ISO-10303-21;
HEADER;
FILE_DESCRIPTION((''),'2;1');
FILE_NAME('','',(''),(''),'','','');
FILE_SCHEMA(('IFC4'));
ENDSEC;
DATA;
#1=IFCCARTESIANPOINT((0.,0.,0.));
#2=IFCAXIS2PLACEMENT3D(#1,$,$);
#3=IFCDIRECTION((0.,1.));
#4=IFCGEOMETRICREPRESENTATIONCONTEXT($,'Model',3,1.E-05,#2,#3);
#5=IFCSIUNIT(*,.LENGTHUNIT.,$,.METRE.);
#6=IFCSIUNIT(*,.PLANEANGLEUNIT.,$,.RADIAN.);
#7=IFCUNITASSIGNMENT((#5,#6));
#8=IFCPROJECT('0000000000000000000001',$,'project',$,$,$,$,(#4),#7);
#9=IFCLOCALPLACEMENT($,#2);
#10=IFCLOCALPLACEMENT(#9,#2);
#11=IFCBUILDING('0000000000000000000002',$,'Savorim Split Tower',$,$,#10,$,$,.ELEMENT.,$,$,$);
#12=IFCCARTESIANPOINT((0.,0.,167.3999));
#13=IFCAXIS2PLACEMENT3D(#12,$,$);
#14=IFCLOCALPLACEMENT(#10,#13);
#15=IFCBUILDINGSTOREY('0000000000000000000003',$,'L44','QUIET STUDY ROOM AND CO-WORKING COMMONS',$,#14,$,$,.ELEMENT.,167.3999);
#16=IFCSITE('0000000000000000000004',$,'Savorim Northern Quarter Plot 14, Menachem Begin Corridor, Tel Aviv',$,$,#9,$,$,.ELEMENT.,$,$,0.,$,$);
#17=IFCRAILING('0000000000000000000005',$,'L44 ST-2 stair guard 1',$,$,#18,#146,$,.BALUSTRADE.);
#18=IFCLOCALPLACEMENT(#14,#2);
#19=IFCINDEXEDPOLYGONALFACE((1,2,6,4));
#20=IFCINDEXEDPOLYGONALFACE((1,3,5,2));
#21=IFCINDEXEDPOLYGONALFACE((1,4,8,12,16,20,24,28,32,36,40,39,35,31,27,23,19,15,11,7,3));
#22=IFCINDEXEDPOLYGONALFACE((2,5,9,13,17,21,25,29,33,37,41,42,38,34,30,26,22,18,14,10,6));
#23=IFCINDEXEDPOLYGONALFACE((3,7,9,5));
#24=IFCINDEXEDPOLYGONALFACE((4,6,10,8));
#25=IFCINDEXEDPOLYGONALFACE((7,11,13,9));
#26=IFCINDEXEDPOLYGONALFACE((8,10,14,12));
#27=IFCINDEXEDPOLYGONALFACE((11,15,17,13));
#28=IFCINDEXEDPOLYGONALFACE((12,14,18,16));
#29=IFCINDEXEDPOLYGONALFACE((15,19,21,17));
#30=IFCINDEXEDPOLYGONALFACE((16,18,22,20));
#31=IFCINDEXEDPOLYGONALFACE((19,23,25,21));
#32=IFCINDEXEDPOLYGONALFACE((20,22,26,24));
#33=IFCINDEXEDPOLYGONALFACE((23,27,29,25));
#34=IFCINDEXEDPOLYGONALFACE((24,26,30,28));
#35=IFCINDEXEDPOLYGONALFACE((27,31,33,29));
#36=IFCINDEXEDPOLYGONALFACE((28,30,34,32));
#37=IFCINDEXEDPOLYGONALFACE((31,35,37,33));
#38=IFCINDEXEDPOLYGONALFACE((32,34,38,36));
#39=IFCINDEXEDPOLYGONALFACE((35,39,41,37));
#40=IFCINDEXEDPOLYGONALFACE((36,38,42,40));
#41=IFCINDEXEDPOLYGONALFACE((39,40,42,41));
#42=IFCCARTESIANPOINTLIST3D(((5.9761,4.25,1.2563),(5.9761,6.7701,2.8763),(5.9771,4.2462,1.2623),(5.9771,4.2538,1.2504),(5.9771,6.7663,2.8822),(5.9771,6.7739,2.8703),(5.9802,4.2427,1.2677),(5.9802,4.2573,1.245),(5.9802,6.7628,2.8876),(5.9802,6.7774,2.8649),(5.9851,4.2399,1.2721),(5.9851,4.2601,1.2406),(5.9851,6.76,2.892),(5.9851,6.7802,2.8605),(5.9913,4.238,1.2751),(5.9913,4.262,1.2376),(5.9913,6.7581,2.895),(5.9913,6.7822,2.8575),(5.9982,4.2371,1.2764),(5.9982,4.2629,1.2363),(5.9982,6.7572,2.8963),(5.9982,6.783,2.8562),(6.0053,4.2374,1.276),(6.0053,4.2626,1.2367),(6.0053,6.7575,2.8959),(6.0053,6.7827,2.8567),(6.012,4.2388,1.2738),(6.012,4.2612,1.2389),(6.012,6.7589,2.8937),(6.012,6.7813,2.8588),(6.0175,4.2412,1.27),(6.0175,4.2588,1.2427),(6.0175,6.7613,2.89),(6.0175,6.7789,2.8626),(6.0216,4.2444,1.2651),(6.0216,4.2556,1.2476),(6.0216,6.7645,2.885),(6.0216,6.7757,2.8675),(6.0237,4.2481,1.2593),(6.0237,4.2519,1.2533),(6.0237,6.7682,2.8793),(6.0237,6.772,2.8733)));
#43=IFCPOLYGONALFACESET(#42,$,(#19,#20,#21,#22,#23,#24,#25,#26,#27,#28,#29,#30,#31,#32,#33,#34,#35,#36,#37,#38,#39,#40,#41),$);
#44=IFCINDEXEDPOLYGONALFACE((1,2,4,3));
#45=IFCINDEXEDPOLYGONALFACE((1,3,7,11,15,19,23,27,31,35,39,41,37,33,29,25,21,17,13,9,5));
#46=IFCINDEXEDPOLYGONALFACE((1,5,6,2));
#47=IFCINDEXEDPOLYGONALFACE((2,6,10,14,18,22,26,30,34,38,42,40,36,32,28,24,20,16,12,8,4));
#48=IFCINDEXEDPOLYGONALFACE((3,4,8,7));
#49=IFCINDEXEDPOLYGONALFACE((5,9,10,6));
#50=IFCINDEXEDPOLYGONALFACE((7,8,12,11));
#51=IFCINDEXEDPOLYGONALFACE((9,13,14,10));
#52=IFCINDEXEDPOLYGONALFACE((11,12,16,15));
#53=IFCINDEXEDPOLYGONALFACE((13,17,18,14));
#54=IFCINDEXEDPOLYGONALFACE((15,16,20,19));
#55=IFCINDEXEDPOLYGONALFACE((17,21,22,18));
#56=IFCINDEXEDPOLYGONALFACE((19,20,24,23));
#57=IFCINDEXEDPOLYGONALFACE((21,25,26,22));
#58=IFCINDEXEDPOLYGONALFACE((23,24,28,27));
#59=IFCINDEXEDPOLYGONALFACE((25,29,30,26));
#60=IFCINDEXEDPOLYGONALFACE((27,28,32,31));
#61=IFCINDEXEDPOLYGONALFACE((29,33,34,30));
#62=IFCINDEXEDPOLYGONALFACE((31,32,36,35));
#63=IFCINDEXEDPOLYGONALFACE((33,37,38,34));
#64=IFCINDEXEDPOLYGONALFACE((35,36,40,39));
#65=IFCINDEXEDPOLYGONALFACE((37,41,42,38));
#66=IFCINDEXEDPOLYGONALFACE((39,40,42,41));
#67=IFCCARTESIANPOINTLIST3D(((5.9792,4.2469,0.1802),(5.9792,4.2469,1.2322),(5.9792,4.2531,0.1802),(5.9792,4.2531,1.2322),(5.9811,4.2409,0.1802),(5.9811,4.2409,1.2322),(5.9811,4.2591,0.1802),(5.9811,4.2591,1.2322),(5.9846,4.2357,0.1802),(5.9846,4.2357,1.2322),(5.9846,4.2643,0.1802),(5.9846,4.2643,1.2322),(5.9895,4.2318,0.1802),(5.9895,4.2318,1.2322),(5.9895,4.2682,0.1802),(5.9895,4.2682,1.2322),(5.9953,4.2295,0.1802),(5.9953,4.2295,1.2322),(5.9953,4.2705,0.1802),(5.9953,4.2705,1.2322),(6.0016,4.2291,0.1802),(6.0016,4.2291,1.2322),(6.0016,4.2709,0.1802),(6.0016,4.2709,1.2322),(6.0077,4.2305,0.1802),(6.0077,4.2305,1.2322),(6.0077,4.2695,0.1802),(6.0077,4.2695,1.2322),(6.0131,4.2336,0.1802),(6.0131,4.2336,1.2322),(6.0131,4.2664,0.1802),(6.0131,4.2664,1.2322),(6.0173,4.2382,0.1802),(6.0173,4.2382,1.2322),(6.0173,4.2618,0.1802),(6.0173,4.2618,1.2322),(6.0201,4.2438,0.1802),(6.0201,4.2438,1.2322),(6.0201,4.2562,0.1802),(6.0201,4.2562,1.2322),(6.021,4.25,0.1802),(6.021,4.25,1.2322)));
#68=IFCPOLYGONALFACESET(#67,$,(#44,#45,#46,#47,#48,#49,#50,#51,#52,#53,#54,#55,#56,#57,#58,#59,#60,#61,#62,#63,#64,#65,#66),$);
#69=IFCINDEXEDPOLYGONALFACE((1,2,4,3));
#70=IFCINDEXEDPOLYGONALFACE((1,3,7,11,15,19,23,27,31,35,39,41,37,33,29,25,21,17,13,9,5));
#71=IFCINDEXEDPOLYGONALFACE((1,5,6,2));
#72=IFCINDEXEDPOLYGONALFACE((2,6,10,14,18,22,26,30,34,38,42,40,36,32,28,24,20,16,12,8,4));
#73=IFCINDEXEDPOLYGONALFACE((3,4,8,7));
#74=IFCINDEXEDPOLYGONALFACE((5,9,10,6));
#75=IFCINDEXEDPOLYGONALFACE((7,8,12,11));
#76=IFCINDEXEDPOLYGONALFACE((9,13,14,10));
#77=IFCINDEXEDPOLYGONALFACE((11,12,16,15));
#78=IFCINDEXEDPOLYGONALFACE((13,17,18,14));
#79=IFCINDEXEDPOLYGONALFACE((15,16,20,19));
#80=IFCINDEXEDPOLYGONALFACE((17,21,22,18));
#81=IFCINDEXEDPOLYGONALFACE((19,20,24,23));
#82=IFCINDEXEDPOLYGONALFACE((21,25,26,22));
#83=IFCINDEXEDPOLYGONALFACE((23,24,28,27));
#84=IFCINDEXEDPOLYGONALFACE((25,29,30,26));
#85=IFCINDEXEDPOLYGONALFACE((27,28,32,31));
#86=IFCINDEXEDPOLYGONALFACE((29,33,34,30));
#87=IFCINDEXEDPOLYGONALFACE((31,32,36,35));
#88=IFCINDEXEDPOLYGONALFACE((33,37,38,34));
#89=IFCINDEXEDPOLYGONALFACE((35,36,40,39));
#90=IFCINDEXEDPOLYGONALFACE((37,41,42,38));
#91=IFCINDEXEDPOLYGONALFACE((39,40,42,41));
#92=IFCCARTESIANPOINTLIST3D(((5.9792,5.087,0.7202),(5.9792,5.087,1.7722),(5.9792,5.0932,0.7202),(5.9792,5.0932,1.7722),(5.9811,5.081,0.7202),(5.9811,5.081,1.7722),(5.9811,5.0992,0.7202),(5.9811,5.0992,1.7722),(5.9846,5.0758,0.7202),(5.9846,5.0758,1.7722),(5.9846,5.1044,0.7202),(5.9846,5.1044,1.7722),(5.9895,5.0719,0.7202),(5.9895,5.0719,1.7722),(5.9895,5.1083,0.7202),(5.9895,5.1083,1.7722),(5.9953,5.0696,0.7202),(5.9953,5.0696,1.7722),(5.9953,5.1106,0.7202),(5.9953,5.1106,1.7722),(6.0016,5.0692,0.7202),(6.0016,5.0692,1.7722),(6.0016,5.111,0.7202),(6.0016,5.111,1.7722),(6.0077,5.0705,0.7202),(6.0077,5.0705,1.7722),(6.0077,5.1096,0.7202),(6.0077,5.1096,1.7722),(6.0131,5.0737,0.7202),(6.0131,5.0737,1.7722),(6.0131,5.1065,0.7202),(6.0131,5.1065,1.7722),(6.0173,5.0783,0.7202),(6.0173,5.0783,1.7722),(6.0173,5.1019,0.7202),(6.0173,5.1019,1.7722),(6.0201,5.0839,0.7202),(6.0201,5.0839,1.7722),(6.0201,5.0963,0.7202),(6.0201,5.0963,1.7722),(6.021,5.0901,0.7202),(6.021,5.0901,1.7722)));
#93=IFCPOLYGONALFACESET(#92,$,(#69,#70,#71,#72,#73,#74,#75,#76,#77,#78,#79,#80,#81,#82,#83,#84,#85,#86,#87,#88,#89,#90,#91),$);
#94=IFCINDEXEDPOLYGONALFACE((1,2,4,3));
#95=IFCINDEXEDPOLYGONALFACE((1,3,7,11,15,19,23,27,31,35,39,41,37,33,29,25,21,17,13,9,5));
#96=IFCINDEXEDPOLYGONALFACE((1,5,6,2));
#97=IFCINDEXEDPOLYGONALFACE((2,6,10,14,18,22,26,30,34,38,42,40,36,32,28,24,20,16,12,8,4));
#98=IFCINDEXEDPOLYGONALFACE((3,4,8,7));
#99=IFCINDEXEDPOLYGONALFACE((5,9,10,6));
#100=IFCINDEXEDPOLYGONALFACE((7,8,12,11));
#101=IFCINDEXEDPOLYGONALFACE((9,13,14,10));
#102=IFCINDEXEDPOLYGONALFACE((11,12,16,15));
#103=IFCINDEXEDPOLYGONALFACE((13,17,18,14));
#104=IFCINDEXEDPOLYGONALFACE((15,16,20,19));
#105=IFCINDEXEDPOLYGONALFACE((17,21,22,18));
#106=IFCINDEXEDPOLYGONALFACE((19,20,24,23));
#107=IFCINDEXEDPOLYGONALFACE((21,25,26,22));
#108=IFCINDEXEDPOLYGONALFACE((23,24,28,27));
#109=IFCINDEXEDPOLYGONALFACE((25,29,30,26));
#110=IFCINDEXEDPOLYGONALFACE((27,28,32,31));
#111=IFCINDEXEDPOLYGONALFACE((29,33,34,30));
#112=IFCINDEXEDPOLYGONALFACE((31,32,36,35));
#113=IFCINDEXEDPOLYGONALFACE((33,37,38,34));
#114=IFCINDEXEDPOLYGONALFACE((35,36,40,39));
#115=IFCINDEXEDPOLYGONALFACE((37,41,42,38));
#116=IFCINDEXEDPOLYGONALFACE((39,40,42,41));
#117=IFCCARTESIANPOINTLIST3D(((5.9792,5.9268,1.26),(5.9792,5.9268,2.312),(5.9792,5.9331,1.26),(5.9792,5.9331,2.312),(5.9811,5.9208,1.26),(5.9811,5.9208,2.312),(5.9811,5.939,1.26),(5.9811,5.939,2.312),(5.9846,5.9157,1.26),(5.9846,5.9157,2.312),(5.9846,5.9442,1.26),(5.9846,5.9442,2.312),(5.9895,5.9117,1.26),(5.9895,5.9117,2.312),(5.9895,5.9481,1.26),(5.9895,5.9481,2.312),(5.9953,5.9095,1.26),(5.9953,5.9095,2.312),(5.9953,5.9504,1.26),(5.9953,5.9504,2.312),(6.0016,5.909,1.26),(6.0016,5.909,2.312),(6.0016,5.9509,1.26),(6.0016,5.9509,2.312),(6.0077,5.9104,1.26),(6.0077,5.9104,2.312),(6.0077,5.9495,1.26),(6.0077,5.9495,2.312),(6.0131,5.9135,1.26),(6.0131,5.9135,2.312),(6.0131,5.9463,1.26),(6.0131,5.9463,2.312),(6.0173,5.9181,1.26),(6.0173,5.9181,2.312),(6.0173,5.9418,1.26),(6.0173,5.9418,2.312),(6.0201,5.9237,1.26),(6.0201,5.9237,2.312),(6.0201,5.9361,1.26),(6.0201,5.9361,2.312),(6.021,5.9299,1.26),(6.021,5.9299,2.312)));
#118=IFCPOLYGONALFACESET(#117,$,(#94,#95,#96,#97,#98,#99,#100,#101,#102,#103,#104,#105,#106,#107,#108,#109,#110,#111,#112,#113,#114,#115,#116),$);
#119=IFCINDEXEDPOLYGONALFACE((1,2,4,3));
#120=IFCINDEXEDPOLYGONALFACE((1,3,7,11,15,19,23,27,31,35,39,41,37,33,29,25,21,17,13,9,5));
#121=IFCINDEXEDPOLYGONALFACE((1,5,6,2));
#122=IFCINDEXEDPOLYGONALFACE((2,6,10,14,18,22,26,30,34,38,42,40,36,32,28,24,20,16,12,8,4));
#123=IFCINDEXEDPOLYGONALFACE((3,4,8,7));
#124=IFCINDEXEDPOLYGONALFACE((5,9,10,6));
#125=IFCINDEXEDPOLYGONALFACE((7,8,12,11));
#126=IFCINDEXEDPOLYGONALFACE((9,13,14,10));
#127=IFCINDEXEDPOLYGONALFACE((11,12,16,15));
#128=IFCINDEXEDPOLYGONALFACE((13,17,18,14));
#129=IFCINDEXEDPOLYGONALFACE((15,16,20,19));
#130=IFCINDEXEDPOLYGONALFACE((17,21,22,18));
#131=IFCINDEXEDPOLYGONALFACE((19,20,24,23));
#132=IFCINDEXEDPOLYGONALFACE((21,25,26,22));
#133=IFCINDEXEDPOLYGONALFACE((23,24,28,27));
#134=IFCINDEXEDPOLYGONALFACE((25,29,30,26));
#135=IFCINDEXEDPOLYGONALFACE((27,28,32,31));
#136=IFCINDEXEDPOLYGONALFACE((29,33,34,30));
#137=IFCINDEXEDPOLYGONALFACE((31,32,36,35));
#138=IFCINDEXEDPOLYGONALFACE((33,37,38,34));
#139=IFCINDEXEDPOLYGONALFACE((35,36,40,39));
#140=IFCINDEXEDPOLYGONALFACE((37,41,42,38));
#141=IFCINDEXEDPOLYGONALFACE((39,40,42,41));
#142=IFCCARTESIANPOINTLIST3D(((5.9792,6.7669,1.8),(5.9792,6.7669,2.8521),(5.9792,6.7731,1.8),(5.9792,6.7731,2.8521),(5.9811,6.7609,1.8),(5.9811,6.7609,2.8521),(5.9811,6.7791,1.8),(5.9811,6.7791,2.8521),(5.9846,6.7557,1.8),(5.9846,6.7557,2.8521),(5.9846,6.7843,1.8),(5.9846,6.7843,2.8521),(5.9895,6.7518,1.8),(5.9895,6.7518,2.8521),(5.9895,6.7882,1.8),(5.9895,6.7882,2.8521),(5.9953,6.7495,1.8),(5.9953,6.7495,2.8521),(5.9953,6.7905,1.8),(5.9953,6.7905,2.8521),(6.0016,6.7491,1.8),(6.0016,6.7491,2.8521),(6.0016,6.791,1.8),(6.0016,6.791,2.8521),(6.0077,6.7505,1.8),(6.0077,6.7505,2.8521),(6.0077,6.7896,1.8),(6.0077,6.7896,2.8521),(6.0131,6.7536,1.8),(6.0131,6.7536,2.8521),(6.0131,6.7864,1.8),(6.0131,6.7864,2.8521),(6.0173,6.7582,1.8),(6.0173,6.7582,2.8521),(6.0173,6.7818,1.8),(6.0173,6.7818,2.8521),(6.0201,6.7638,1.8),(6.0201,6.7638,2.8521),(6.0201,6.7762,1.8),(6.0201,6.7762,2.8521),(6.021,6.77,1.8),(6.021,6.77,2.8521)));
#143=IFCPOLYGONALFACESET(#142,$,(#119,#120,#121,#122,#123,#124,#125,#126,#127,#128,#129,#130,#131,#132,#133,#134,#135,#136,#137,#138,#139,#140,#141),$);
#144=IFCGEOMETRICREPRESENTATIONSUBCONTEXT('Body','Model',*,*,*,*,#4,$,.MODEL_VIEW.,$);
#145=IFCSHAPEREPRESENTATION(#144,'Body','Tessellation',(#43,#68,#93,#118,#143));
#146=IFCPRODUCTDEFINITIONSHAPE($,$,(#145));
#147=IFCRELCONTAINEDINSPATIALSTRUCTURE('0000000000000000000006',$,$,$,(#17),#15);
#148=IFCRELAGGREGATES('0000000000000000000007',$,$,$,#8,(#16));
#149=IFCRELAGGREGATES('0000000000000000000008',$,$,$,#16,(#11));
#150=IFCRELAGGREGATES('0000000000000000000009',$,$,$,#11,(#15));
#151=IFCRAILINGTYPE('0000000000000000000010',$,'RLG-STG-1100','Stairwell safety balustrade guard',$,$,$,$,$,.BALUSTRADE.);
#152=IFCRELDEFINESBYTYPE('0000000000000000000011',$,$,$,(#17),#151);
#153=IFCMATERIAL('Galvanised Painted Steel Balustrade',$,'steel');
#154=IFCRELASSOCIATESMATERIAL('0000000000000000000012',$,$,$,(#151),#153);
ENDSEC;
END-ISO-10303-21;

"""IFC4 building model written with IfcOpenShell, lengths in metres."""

from ifc_helpers import new_model, si_unit, direction, frame, origin, origin_2d, place, context, subcontext, project, spatial, circle, extrude, material, type_object, element, save


model = new_model("IFC4")

# Units and contexts
model_context = context("Model", 3, precision=1e-05, world=origin(), true_north=direction((0.0, 1.0)))
body_context = subcontext(model_context, "Body", "Model", "MODEL_VIEW")
ifc_project = project(units=[si_unit("LENGTHUNIT", "METRE"), si_unit("PLANEANGLEUNIT", "RADIAN")], contexts=[model_context])

# Site, building, storey
site_placement = place(None, origin())
site = spatial("IfcSite", under=ifc_project, at=site_placement, Name="Savorim Northern Quarter Plot 14, Menachem Begin Corridor, Tel Aviv", CompositionType="ELEMENT", RefElevation=0.0)
building_placement = place(site_placement, origin())
building = spatial("IfcBuilding", under=site, at=building_placement, Name="Savorim Split Tower", CompositionType="ELEMENT")
storey_placement = place(building_placement, frame((0.0, 0.0, 167.3999)))
storey = spatial("IfcBuildingStorey", under=building, at=storey_placement, Name="L44", Description="QUIET STUDY ROOM AND CO-WORKING COMMONS", CompositionType="ELEMENT", Elevation=167.3999)

# Railing
ifc_material_1 = material(Name="Galvanised Painted Steel Balustrade", Category="steel")
railing_type_1 = type_object("IfcRailingType", Name="RLG-STG-1100", Description="Stairwell safety balustrade guard", PredefinedType="BALUSTRADE", material=ifc_material_1)
railing_1_placement = place(storey_placement, frame((6.0, 4.25, 0.1802)))
element("IfcRailing", 1, at=railing_1_placement, inside=storey, type_object=railing_type_1, Name="L44 ST-2 stair guard 1", PredefinedType="BALUSTRADE", context=body_context, shape_type="SweptSolid", body=[
    extrude(circle(Radius=0.0239, at=origin_2d()), frame((0.0, 0.0, 1.0762), z_axis=(0.0, 0.8412, 0.540725), x_axis=(-1.0, 0.0, 0.0)), (0.0, 0.0, 1.0), 2.9958),
    extrude(circle(Radius=0.021, at=origin_2d()), origin(), (0.0, 0.0, 1.0), 1.052),
    extrude(circle(Radius=0.021, at=origin_2d()), frame((0.0, 0.8401, 0.54)), (0.0, 0.0, 1.0), 1.052),
    extrude(circle(Radius=0.021, at=origin_2d()), frame((0.0, 1.6799, 1.0798)), (0.0, 0.0, 1.0), 1.052),
    extrude(circle(Radius=0.021, at=origin_2d()), frame((0.0, 2.52, 1.6199)), (0.0, 0.0, 1.0), 1.052),
])

save(model, "model.ifc")
